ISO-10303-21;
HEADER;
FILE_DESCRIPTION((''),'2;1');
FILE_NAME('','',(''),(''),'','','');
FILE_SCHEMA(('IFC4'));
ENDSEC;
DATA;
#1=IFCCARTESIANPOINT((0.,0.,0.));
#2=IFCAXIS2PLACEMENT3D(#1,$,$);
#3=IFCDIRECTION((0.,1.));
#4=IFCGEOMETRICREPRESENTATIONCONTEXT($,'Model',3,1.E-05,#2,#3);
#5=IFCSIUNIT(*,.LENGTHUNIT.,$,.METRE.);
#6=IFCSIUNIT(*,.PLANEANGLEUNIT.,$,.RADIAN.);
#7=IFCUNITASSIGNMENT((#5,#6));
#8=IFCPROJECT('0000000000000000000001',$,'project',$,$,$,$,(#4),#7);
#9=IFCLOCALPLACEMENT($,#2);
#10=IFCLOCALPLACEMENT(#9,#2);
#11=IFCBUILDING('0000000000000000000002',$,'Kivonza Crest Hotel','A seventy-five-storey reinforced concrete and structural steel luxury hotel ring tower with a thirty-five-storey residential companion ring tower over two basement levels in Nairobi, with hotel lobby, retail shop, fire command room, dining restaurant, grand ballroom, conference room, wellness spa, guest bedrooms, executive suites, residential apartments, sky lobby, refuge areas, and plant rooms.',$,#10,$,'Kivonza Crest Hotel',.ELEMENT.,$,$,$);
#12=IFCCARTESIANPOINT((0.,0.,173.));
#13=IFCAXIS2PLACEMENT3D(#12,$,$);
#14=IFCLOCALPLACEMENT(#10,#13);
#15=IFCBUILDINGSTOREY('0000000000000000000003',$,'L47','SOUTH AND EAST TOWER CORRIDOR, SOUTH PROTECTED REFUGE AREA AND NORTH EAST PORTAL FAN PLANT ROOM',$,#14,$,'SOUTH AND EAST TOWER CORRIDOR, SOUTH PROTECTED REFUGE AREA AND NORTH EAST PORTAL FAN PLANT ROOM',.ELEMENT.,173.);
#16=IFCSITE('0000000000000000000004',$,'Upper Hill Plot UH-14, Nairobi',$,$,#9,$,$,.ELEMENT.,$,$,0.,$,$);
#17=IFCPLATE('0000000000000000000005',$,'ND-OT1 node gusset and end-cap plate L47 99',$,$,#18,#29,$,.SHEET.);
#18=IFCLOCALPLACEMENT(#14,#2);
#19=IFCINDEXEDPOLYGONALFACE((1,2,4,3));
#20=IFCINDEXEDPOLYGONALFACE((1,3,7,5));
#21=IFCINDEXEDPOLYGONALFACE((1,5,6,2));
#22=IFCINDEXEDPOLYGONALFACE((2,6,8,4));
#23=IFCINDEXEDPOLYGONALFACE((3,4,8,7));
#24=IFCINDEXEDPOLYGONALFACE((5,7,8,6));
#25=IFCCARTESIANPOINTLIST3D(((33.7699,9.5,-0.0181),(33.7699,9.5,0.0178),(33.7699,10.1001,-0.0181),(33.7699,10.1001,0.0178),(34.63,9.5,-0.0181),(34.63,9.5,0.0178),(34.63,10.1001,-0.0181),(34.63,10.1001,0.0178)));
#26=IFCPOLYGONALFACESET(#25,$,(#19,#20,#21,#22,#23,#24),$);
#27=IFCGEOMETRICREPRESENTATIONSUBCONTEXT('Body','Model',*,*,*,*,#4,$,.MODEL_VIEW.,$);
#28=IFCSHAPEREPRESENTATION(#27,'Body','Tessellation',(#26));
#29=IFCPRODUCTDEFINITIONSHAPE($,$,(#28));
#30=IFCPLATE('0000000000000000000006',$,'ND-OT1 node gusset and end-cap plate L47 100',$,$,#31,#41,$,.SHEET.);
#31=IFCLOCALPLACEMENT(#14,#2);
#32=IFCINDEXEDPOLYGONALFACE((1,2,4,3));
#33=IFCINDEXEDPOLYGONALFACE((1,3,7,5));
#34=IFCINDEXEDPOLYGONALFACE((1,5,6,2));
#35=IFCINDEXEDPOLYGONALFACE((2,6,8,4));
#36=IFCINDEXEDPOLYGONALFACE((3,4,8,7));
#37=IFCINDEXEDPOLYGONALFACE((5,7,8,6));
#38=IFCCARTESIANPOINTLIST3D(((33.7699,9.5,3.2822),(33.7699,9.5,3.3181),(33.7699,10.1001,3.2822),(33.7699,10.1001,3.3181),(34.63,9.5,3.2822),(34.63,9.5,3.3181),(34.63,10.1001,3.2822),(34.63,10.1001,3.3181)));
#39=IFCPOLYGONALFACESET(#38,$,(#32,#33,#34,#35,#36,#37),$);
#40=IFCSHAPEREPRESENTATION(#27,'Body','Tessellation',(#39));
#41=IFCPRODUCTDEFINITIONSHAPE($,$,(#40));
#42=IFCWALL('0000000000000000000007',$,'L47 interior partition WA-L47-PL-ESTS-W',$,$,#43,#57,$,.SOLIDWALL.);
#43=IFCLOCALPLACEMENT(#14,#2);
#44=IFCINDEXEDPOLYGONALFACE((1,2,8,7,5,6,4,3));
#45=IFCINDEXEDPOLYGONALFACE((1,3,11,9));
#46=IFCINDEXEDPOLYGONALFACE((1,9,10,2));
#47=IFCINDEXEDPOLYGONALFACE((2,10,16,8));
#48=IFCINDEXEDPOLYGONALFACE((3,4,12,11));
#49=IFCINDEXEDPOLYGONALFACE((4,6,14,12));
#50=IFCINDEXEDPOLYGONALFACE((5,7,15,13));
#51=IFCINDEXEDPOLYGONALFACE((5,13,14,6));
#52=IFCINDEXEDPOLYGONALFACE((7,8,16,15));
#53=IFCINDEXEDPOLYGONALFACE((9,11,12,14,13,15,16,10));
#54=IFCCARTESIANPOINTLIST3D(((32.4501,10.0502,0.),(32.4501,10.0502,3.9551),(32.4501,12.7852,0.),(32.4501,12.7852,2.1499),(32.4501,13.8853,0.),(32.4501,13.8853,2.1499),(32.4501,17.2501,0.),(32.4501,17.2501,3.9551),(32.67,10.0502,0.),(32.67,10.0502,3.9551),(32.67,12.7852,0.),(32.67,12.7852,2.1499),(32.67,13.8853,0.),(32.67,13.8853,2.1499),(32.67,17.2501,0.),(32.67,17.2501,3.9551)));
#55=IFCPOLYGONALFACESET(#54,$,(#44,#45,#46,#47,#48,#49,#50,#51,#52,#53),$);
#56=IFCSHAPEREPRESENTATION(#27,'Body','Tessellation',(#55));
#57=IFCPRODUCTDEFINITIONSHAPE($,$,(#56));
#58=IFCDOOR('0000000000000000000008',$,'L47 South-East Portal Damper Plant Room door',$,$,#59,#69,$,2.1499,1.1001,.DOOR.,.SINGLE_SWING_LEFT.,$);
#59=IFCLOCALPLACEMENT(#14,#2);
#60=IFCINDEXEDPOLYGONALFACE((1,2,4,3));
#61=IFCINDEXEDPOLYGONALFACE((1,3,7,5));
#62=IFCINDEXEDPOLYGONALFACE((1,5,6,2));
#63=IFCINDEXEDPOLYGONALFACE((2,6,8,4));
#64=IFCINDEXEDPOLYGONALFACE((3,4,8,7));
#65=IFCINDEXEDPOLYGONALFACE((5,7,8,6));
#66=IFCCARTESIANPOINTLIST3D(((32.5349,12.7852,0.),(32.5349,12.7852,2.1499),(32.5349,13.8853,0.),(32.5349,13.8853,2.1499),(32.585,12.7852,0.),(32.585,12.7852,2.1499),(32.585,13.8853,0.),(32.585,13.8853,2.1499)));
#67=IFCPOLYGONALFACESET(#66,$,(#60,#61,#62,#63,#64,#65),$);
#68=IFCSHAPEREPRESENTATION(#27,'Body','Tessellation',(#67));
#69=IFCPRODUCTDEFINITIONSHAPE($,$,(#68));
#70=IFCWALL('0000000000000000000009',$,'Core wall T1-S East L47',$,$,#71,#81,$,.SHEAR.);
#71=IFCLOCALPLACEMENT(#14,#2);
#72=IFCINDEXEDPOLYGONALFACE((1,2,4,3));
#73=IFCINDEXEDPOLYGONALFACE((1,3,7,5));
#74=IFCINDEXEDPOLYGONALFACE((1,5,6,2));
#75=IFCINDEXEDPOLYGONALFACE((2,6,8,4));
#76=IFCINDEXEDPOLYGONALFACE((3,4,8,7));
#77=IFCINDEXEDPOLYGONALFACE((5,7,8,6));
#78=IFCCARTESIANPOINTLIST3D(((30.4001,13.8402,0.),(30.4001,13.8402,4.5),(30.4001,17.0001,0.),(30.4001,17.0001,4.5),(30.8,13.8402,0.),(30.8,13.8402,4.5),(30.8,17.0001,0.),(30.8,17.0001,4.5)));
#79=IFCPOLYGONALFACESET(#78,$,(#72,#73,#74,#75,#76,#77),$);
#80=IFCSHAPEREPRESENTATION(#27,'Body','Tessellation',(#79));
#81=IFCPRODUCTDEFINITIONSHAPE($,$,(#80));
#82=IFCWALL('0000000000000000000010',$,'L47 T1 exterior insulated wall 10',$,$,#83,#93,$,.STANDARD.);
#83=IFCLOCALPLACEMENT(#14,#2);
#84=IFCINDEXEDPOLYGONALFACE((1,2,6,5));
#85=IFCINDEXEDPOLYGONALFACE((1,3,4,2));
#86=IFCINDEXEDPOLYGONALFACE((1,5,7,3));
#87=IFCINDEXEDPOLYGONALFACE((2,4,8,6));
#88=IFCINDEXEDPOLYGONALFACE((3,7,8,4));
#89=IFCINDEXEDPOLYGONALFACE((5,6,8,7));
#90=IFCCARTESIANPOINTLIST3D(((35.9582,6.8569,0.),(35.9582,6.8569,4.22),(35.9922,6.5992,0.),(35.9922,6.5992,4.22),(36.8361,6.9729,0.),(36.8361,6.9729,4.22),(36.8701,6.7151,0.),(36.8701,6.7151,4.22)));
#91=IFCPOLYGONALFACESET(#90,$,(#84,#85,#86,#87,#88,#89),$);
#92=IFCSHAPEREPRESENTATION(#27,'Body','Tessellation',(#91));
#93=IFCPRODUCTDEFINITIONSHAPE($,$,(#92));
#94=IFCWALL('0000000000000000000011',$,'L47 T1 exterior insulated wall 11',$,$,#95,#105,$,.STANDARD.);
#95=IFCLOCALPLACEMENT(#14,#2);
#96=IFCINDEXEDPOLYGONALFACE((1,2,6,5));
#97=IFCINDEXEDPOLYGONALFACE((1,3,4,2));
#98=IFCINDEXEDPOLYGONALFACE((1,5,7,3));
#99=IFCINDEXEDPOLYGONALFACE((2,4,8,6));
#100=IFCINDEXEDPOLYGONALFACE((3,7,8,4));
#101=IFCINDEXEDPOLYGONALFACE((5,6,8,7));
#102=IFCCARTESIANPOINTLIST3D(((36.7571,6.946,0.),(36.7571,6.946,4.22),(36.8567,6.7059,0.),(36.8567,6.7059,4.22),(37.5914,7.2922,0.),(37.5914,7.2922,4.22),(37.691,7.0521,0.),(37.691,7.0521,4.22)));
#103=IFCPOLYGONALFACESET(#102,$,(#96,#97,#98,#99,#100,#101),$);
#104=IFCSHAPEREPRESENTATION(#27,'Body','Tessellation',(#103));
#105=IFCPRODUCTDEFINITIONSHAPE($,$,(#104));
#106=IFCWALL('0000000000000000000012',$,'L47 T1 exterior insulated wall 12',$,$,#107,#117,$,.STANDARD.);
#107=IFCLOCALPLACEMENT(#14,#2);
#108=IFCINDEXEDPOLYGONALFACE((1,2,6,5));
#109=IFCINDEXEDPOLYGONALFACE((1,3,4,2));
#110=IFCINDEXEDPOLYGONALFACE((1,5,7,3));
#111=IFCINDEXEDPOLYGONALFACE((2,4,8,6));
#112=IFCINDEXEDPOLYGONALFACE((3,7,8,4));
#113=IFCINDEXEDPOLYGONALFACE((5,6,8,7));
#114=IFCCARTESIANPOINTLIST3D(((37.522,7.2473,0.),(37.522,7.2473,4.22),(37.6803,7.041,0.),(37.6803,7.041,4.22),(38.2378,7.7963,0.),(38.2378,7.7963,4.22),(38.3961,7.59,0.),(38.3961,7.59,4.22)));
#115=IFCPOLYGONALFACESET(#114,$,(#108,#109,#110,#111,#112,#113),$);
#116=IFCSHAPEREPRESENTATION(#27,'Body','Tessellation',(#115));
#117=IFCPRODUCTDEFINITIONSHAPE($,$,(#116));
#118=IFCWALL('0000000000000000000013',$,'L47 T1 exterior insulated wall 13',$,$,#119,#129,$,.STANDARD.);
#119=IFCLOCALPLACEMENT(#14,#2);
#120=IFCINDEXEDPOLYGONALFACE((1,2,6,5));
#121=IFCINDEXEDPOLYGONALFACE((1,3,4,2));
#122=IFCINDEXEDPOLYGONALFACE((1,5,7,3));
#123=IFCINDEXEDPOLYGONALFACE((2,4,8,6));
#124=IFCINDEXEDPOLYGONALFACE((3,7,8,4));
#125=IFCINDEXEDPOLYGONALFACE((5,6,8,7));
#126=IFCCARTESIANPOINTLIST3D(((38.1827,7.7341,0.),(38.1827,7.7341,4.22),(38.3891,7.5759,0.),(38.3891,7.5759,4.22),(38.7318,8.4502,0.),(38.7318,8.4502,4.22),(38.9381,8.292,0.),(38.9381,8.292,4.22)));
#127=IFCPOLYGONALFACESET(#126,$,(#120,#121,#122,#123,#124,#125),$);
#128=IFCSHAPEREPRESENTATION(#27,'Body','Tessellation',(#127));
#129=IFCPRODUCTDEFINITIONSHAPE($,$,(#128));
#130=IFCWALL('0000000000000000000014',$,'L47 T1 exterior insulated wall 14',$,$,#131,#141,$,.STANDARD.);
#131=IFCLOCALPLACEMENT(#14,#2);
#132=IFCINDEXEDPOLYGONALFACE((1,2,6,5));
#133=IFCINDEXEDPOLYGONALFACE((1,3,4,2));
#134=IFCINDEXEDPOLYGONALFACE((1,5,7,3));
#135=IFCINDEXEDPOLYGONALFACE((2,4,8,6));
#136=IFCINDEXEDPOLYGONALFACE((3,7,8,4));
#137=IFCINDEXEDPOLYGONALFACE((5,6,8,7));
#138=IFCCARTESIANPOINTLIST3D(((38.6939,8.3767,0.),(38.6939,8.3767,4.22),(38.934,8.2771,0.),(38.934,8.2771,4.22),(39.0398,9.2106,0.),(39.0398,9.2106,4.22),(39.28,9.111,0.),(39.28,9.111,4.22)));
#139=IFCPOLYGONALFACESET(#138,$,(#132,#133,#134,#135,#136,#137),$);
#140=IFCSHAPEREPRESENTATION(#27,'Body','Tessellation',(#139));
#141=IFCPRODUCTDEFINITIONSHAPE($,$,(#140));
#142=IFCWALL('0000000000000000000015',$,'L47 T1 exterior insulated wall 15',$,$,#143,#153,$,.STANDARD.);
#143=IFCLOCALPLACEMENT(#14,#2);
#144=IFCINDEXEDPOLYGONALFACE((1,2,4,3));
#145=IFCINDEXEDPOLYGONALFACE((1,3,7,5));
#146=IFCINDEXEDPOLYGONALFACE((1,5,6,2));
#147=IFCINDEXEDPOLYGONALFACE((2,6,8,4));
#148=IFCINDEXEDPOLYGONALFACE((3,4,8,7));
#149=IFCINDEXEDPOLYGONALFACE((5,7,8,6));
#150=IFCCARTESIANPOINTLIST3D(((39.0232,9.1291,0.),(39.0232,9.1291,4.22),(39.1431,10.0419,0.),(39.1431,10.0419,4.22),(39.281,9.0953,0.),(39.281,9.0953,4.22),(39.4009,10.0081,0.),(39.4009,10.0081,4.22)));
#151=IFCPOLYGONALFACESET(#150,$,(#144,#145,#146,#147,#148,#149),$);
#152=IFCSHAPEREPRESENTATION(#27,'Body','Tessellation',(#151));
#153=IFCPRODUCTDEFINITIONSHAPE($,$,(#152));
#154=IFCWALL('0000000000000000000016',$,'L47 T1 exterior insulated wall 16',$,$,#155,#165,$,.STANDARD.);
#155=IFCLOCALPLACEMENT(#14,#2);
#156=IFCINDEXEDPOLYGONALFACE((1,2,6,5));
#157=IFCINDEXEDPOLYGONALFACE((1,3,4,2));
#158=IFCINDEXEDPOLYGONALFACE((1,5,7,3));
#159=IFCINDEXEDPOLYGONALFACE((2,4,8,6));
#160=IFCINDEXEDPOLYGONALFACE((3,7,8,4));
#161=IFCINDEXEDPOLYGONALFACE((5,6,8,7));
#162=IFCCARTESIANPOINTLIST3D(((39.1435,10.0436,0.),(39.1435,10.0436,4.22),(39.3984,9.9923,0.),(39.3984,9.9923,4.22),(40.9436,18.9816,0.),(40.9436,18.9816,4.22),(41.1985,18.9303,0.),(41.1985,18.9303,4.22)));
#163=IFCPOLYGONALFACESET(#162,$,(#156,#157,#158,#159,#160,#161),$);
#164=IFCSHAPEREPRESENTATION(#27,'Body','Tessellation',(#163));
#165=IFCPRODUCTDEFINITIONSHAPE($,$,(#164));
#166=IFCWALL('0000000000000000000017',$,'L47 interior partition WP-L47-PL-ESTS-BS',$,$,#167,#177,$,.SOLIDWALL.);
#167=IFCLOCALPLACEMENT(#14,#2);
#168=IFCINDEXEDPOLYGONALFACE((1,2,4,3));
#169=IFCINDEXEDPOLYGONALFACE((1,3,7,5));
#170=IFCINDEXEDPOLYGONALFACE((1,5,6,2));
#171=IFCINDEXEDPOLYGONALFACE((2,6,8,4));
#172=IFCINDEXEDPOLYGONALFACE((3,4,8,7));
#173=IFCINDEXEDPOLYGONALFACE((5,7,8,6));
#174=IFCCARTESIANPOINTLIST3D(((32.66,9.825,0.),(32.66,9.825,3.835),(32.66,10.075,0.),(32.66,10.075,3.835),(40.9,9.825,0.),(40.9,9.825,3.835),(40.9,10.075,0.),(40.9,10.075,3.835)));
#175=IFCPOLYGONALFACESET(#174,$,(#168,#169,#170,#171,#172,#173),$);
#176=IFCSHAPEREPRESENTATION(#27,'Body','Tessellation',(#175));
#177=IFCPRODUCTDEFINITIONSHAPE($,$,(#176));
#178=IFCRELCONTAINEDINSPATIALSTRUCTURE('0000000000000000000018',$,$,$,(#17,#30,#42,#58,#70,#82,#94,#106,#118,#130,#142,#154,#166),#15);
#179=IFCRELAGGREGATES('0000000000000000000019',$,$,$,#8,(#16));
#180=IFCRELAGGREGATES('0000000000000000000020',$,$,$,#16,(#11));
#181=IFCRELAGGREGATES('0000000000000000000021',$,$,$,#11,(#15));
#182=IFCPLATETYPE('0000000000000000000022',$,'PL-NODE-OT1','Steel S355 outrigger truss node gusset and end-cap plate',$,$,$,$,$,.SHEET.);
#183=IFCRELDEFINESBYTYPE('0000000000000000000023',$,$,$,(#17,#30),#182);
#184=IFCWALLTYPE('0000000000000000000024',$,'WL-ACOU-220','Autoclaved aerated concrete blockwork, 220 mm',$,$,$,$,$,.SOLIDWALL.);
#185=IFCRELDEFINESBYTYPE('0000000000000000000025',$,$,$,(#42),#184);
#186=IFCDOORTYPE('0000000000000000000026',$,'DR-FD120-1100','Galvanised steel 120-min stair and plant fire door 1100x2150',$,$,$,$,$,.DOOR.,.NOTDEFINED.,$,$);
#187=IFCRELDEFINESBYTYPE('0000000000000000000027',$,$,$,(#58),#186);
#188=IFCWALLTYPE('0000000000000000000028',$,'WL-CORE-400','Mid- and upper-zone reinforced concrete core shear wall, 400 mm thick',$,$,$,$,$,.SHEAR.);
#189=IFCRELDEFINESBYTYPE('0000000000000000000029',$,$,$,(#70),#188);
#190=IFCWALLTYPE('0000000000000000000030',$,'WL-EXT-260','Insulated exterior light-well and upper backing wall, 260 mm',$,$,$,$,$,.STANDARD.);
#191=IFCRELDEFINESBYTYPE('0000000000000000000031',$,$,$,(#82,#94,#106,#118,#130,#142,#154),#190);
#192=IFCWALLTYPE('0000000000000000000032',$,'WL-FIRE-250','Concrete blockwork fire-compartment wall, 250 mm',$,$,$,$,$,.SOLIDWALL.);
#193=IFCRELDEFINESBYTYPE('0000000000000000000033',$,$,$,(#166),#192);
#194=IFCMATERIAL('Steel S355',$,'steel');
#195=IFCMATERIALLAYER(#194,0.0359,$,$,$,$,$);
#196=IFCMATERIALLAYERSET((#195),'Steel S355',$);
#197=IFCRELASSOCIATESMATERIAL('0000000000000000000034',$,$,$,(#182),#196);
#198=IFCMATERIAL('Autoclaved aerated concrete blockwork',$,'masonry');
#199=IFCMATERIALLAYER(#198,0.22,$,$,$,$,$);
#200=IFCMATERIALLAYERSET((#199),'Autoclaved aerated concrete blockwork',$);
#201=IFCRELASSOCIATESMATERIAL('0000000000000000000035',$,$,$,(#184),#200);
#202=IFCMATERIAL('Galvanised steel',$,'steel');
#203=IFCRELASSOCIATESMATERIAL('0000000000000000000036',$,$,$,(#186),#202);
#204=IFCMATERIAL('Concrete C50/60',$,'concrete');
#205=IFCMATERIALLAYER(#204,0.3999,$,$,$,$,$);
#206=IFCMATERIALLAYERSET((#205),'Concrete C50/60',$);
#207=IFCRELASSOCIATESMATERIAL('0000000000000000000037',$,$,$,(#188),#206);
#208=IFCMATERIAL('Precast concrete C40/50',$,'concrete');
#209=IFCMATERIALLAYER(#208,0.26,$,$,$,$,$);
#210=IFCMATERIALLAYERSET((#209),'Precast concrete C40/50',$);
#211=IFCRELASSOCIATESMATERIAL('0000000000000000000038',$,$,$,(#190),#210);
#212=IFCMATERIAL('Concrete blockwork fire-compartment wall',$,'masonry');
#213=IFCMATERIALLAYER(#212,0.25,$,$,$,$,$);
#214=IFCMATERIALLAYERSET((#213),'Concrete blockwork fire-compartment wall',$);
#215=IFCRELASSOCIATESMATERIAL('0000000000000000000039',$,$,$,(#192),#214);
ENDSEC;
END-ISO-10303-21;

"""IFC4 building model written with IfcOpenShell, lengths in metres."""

from ifc_helpers import new_model, si_unit, direction, frame, frame_2d, origin, origin_2d, place, context, subcontext, project, spatial, rectangle, extrude, material, layer, layer_set, type_object, element, fill, save


model = new_model("IFC4")

# Units and contexts
model_context = context("Model", 3, precision=1e-05, world=origin(), true_north=direction((0.0, 1.0)))
body_context = subcontext(model_context, "Body", "Model", "MODEL_VIEW")
ifc_project = project(units=[si_unit("LENGTHUNIT", "METRE"), si_unit("PLANEANGLEUNIT", "RADIAN")], contexts=[model_context])

# Site, building, storey
site_placement = place(None, origin())
site = spatial("IfcSite", under=ifc_project, at=site_placement, Name="Upper Hill Plot UH-14, Nairobi", CompositionType="ELEMENT", RefElevation=0.0)
building_placement = place(site_placement, origin())
building = spatial("IfcBuilding", under=site, at=building_placement, Name="Kivonza Crest Hotel", Description="A seventy-five-storey reinforced concrete and structural steel luxury hotel ring tower with a thirty-five-storey residential companion ring tower over two basement levels in Nairobi, with hotel lobby, retail shop, fire command room, dining restaurant, grand ballroom, conference room, wellness spa, guest bedrooms, executive suites, residential apartments, sky lobby, refuge areas, and plant rooms.", LongName="Kivonza Crest Hotel", CompositionType="ELEMENT")
storey_placement = place(building_placement, frame((0.0, 0.0, 173.0)))
storey = spatial("IfcBuildingStorey", under=building, at=storey_placement, Name="L47", Description="SOUTH AND EAST TOWER CORRIDOR, SOUTH PROTECTED REFUGE AREA AND NORTH EAST PORTAL FAN PLANT ROOM", LongName="SOUTH AND EAST TOWER CORRIDOR, SOUTH PROTECTED REFUGE AREA AND NORTH EAST PORTAL FAN PLANT ROOM", CompositionType="ELEMENT", Elevation=173.0)

# Shared definitions
ifc_material_1 = material(Name="Steel S355", Category="steel")

# Plates
ifc_layer_1 = layer(ifc_material_1, 0.0359)
ifc_layer_set_1 = layer_set([ifc_layer_1], Name="Steel S355")
plate_type = type_object("IfcPlateType", Name="PL-NODE-OT1", Description="Steel S355 outrigger truss node gusset and end-cap plate", PredefinedType="SHEET", material=ifc_layer_set_1)
for number, where, z_axis, x_axis, name in (
    (1, (34.2, 9.8, -0.0181), (0.0, 0.0, 1.0), (1.0, 0.0, 0.0), "ND-OT1 node gusset and end-cap plate L47 99"),
    (2, (34.2, 9.8, 3.2822), (0.0, 0.0, 1.0), (1.0, 0.0, 0.0), "ND-OT1 node gusset and end-cap plate L47 100"),
):
    element("IfcPlate", number, at=place(storey_placement, frame(where, z_axis=z_axis, x_axis=x_axis)), inside=storey, type_object=plate_type, Name=name, PredefinedType="SHEET", context=body_context, shape_type="SweptSolid", body=[
        extrude(rectangle(XDim=0.8601, YDim=0.6001, at=origin_2d()), origin(), (0.0, 0.0, 1.0), 0.0359),
    ])

# Wall, opening, door
ifc_material_2 = material(Name="Autoclaved aerated concrete blockwork", Category="masonry")
ifc_layer_2 = layer(ifc_material_2, 0.22)
ifc_layer_set_2 = layer_set([ifc_layer_2], Name="Autoclaved aerated concrete blockwork")
wall_type_1 = type_object("IfcWallType", Name="WL-ACOU-220", Description="Autoclaved aerated concrete blockwork, 220 mm", PredefinedType="SOLIDWALL", material=ifc_layer_set_2)
wall_1_placement = place(storey_placement, frame((32.5601, 10.05, 0.0), z_axis=(0.0, 0.0, 1.0), x_axis=(0.0, 1.0, 0.0)))
wall_1 = element("IfcWall", 3, at=wall_1_placement, inside=storey, type_object=wall_type_1, Name="L47 interior partition WA-L47-PL-ESTS-W", PredefinedType="SOLIDWALL", context=body_context, shape_type="SweptSolid", body=[
    extrude(rectangle(XDim=7.2, YDim=0.22, at=frame_2d((3.6001, 0.0))), origin(), (0.0, 0.0, 1.0), 3.9551),
])
opening_placement = place(wall_1_placement, frame((2.7351, 0.0, 0.0)))
opening = element("IfcOpeningElement", 4, at=opening_placement, cuts=wall_1, PredefinedType="OPENING", context=body_context, shape_type="SweptSolid", body=[
    extrude(rectangle(XDim=1.1001, YDim=2.1499, at=frame_2d((0.55, 1.075))), frame((0.0, 0.1201, 0.0), z_axis=(0.0, -1.0, 0.0), x_axis=(1.0, 0.0, 0.0)), (0.0, 0.0, 1.0), 0.24),
])
ifc_material_3 = material(Name="Galvanised steel", Category="steel")
door_type = type_object("IfcDoorType", Name="DR-FD120-1100", Description="Galvanised steel 120-min stair and plant fire door 1100x2150", OperationType="NOTDEFINED", PredefinedType="DOOR", material=ifc_material_3)
door_placement = place(opening_placement, frame((1.1001, 0.0, 0.0), z_axis=(0.0, 0.0, 1.0), x_axis=(-1.0, 0.0, 0.0)))
door = element("IfcDoor", 5, at=door_placement, inside=storey, type_object=door_type, Name="L47 South-East Portal Damper Plant Room door", OperationType="SINGLE_SWING_LEFT", OverallHeight=2.1499, OverallWidth=1.1001, PredefinedType="DOOR", context=body_context, shape_type="SweptSolid", body=[
    extrude(rectangle(XDim=1.1001, YDim=2.1499, at=frame_2d((0.55, 1.075))), frame((0.0, 0.0249, 0.0), z_axis=(0.0, -1.0, 0.0), x_axis=(1.0, 0.0, 0.0)), (0.0, 0.0, 1.0), 0.05),
])
fill(opening, door)

# Walls
ifc_material_4 = material(Name="Concrete C50/60", Category="concrete")
ifc_layer_3 = layer(ifc_material_4, 0.3999)
ifc_layer_set_3 = layer_set([ifc_layer_3], Name="Concrete C50/60")
wall_type_2 = type_object("IfcWallType", Name="WL-CORE-400", Description="Mid- and upper-zone reinforced concrete core shear wall, 400 mm thick", PredefinedType="SHEAR", material=ifc_layer_set_3)
wall_2_placement = place(storey_placement, frame((30.6001, 13.8401, 0.0), z_axis=(0.0, 0.0, 1.0), x_axis=(0.0, 1.0, 0.0)))
element("IfcWall", 6, at=wall_2_placement, inside=storey, type_object=wall_type_2, Name="Core wall T1-S East L47", PredefinedType="SHEAR", context=body_context, shape_type="SweptSolid", body=[
    extrude(rectangle(XDim=3.1599, YDim=0.3999, at=frame_2d((1.5801, 0.0))), origin(), (0.0, 0.0, 1.0), 4.5),
])
ifc_material_5 = material(Name="Precast concrete C40/50", Category="concrete")
ifc_layer_4 = layer(ifc_material_5, 0.26)
ifc_layer_set_4 = layer_set([ifc_layer_4], Name="Precast concrete C40/50")
wall_type_3 = type_object("IfcWallType", Name="WL-EXT-260", Description="Insulated exterior light-well and upper backing wall, 260 mm", PredefinedType="STANDARD", material=ifc_layer_set_4)
wall_3_placement = place(storey_placement, frame((35.9751, 6.728, 0.0), z_axis=(0.0, 0.0, 1.0), x_axis=(0.991388, 0.130954, 0.0)))
element("IfcWall", 7, at=wall_3_placement, inside=storey, type_object=wall_type_3, Name="L47 T1 exterior insulated wall 10", PredefinedType="STANDARD", context=body_context, shape_type="SweptSolid", body=[
    extrude(rectangle(XDim=0.8855, YDim=0.26, at=frame_2d((0.4429, 0.0))), origin(), (0.0, 0.0, 1.0), 4.22),
])
wall_4_placement = place(storey_placement, frame((36.8069, 6.8259, 0.0), z_axis=(0.0, 0.0, 1.0), x_axis=(0.923628, 0.383291, 0.0)))
element("IfcWall", 8, at=wall_4_placement, inside=storey, type_object=wall_type_3, Name="L47 T1 exterior insulated wall 11", PredefinedType="STANDARD", context=body_context, shape_type="SweptSolid", body=[
    extrude(rectangle(XDim=0.9033, YDim=0.26, at=frame_2d((0.4517, 0.0))), origin(), (0.0, 0.0, 1.0), 4.22),
])
wall_5_placement = place(storey_placement, frame((37.6011, 7.144, 0.0), z_axis=(0.0, 0.0, 1.0), x_axis=(0.793458, 0.608625, 0.0)))
element("IfcWall", 9, at=wall_5_placement, inside=storey, type_object=wall_type_3, Name="L47 T1 exterior insulated wall 12", PredefinedType="STANDARD", context=body_context, shape_type="SweptSolid", body=[
    extrude(rectangle(XDim=0.9021, YDim=0.26, at=frame_2d((0.4512, 0.0))), origin(), (0.0, 0.0, 1.0), 4.22),
])
wall_6_placement = place(storey_placement, frame((38.2859, 7.655, 0.0), z_axis=(0.0, 0.0, 1.0), x_axis=(0.608494, 0.793558, 0.0)))
element("IfcWall", 10, at=wall_6_placement, inside=storey, type_object=wall_type_3, Name="L47 T1 exterior insulated wall 13", PredefinedType="STANDARD", context=body_context, shape_type="SweptSolid", body=[
    extrude(rectangle(XDim=0.9023, YDim=0.26, at=frame_2d((0.4512, 0.0))), origin(), (0.0, 0.0, 1.0), 4.22),
])
wall_7_placement = place(storey_placement, frame((38.814, 8.3269, 0.0), z_axis=(0.0, 0.0, 1.0), x_axis=(0.383156, 0.923684, 0.0)))
element("IfcWall", 11, at=wall_7_placement, inside=storey, type_object=wall_type_3, Name="L47 T1 exterior insulated wall 14", PredefinedType="STANDARD", context=body_context, shape_type="SweptSolid", body=[
    extrude(rectangle(XDim=0.9028, YDim=0.26, at=frame_2d((0.4514, 0.0))), origin(), (0.0, 0.0, 1.0), 4.22),
])
wall_8_placement = place(storey_placement, frame((39.1521, 9.1121, 0.0), z_axis=(0.0, 0.0, 1.0), x_axis=(0.130201, 0.991488, 0.0)))
element("IfcWall", 12, at=wall_8_placement, inside=storey, type_object=wall_type_3, Name="L47 T1 exterior insulated wall 15", PredefinedType="STANDARD", context=body_context, shape_type="SweptSolid", body=[
    extrude(rectangle(XDim=0.9207, YDim=0.26, at=frame_2d((0.4604, 0.0))), origin(), (0.0, 0.0, 1.0), 4.22),
])
wall_9_placement = place(storey_placement, frame((39.271, 10.0181, 0.0), z_axis=(0.0, 0.0, 1.0), x_axis=(0.197429, 0.980317, 0.0)))
element("IfcWall", 13, at=wall_9_placement, inside=storey, type_object=wall_type_3, Name="L47 T1 exterior insulated wall 16", PredefinedType="STANDARD", context=body_context, shape_type="SweptSolid", body=[
    extrude(rectangle(XDim=9.1174, YDim=0.26, at=frame_2d((4.5586, 0.0))), origin(), (0.0, 0.0, 1.0), 4.22),
])
ifc_material_6 = material(Name="Concrete blockwork fire-compartment wall", Category="masonry")
ifc_layer_5 = layer(ifc_material_6, 0.25)
ifc_layer_set_5 = layer_set([ifc_layer_5], Name="Concrete blockwork fire-compartment wall")
wall_type_4 = type_object("IfcWallType", Name="WL-FIRE-250", Description="Concrete blockwork fire-compartment wall, 250 mm", PredefinedType="SOLIDWALL", material=ifc_layer_set_5)
wall_10_placement = place(storey_placement, frame((32.6599, 9.95, 0.0), z_axis=(0.0, 0.0, 1.0), x_axis=(1.0, 0.0, 0.0)))
element("IfcWall", 14, at=wall_10_placement, inside=storey, type_object=wall_type_4, Name="L47 interior partition WP-L47-PL-ESTS-BS", PredefinedType="SOLIDWALL", context=body_context, shape_type="SweptSolid", body=[
    extrude(rectangle(XDim=8.24, YDim=0.25, at=frame_2d((4.1201, 0.0))), origin(), (0.0, 0.0, 1.0), 3.835),
])

save(model, "model.ifc")
